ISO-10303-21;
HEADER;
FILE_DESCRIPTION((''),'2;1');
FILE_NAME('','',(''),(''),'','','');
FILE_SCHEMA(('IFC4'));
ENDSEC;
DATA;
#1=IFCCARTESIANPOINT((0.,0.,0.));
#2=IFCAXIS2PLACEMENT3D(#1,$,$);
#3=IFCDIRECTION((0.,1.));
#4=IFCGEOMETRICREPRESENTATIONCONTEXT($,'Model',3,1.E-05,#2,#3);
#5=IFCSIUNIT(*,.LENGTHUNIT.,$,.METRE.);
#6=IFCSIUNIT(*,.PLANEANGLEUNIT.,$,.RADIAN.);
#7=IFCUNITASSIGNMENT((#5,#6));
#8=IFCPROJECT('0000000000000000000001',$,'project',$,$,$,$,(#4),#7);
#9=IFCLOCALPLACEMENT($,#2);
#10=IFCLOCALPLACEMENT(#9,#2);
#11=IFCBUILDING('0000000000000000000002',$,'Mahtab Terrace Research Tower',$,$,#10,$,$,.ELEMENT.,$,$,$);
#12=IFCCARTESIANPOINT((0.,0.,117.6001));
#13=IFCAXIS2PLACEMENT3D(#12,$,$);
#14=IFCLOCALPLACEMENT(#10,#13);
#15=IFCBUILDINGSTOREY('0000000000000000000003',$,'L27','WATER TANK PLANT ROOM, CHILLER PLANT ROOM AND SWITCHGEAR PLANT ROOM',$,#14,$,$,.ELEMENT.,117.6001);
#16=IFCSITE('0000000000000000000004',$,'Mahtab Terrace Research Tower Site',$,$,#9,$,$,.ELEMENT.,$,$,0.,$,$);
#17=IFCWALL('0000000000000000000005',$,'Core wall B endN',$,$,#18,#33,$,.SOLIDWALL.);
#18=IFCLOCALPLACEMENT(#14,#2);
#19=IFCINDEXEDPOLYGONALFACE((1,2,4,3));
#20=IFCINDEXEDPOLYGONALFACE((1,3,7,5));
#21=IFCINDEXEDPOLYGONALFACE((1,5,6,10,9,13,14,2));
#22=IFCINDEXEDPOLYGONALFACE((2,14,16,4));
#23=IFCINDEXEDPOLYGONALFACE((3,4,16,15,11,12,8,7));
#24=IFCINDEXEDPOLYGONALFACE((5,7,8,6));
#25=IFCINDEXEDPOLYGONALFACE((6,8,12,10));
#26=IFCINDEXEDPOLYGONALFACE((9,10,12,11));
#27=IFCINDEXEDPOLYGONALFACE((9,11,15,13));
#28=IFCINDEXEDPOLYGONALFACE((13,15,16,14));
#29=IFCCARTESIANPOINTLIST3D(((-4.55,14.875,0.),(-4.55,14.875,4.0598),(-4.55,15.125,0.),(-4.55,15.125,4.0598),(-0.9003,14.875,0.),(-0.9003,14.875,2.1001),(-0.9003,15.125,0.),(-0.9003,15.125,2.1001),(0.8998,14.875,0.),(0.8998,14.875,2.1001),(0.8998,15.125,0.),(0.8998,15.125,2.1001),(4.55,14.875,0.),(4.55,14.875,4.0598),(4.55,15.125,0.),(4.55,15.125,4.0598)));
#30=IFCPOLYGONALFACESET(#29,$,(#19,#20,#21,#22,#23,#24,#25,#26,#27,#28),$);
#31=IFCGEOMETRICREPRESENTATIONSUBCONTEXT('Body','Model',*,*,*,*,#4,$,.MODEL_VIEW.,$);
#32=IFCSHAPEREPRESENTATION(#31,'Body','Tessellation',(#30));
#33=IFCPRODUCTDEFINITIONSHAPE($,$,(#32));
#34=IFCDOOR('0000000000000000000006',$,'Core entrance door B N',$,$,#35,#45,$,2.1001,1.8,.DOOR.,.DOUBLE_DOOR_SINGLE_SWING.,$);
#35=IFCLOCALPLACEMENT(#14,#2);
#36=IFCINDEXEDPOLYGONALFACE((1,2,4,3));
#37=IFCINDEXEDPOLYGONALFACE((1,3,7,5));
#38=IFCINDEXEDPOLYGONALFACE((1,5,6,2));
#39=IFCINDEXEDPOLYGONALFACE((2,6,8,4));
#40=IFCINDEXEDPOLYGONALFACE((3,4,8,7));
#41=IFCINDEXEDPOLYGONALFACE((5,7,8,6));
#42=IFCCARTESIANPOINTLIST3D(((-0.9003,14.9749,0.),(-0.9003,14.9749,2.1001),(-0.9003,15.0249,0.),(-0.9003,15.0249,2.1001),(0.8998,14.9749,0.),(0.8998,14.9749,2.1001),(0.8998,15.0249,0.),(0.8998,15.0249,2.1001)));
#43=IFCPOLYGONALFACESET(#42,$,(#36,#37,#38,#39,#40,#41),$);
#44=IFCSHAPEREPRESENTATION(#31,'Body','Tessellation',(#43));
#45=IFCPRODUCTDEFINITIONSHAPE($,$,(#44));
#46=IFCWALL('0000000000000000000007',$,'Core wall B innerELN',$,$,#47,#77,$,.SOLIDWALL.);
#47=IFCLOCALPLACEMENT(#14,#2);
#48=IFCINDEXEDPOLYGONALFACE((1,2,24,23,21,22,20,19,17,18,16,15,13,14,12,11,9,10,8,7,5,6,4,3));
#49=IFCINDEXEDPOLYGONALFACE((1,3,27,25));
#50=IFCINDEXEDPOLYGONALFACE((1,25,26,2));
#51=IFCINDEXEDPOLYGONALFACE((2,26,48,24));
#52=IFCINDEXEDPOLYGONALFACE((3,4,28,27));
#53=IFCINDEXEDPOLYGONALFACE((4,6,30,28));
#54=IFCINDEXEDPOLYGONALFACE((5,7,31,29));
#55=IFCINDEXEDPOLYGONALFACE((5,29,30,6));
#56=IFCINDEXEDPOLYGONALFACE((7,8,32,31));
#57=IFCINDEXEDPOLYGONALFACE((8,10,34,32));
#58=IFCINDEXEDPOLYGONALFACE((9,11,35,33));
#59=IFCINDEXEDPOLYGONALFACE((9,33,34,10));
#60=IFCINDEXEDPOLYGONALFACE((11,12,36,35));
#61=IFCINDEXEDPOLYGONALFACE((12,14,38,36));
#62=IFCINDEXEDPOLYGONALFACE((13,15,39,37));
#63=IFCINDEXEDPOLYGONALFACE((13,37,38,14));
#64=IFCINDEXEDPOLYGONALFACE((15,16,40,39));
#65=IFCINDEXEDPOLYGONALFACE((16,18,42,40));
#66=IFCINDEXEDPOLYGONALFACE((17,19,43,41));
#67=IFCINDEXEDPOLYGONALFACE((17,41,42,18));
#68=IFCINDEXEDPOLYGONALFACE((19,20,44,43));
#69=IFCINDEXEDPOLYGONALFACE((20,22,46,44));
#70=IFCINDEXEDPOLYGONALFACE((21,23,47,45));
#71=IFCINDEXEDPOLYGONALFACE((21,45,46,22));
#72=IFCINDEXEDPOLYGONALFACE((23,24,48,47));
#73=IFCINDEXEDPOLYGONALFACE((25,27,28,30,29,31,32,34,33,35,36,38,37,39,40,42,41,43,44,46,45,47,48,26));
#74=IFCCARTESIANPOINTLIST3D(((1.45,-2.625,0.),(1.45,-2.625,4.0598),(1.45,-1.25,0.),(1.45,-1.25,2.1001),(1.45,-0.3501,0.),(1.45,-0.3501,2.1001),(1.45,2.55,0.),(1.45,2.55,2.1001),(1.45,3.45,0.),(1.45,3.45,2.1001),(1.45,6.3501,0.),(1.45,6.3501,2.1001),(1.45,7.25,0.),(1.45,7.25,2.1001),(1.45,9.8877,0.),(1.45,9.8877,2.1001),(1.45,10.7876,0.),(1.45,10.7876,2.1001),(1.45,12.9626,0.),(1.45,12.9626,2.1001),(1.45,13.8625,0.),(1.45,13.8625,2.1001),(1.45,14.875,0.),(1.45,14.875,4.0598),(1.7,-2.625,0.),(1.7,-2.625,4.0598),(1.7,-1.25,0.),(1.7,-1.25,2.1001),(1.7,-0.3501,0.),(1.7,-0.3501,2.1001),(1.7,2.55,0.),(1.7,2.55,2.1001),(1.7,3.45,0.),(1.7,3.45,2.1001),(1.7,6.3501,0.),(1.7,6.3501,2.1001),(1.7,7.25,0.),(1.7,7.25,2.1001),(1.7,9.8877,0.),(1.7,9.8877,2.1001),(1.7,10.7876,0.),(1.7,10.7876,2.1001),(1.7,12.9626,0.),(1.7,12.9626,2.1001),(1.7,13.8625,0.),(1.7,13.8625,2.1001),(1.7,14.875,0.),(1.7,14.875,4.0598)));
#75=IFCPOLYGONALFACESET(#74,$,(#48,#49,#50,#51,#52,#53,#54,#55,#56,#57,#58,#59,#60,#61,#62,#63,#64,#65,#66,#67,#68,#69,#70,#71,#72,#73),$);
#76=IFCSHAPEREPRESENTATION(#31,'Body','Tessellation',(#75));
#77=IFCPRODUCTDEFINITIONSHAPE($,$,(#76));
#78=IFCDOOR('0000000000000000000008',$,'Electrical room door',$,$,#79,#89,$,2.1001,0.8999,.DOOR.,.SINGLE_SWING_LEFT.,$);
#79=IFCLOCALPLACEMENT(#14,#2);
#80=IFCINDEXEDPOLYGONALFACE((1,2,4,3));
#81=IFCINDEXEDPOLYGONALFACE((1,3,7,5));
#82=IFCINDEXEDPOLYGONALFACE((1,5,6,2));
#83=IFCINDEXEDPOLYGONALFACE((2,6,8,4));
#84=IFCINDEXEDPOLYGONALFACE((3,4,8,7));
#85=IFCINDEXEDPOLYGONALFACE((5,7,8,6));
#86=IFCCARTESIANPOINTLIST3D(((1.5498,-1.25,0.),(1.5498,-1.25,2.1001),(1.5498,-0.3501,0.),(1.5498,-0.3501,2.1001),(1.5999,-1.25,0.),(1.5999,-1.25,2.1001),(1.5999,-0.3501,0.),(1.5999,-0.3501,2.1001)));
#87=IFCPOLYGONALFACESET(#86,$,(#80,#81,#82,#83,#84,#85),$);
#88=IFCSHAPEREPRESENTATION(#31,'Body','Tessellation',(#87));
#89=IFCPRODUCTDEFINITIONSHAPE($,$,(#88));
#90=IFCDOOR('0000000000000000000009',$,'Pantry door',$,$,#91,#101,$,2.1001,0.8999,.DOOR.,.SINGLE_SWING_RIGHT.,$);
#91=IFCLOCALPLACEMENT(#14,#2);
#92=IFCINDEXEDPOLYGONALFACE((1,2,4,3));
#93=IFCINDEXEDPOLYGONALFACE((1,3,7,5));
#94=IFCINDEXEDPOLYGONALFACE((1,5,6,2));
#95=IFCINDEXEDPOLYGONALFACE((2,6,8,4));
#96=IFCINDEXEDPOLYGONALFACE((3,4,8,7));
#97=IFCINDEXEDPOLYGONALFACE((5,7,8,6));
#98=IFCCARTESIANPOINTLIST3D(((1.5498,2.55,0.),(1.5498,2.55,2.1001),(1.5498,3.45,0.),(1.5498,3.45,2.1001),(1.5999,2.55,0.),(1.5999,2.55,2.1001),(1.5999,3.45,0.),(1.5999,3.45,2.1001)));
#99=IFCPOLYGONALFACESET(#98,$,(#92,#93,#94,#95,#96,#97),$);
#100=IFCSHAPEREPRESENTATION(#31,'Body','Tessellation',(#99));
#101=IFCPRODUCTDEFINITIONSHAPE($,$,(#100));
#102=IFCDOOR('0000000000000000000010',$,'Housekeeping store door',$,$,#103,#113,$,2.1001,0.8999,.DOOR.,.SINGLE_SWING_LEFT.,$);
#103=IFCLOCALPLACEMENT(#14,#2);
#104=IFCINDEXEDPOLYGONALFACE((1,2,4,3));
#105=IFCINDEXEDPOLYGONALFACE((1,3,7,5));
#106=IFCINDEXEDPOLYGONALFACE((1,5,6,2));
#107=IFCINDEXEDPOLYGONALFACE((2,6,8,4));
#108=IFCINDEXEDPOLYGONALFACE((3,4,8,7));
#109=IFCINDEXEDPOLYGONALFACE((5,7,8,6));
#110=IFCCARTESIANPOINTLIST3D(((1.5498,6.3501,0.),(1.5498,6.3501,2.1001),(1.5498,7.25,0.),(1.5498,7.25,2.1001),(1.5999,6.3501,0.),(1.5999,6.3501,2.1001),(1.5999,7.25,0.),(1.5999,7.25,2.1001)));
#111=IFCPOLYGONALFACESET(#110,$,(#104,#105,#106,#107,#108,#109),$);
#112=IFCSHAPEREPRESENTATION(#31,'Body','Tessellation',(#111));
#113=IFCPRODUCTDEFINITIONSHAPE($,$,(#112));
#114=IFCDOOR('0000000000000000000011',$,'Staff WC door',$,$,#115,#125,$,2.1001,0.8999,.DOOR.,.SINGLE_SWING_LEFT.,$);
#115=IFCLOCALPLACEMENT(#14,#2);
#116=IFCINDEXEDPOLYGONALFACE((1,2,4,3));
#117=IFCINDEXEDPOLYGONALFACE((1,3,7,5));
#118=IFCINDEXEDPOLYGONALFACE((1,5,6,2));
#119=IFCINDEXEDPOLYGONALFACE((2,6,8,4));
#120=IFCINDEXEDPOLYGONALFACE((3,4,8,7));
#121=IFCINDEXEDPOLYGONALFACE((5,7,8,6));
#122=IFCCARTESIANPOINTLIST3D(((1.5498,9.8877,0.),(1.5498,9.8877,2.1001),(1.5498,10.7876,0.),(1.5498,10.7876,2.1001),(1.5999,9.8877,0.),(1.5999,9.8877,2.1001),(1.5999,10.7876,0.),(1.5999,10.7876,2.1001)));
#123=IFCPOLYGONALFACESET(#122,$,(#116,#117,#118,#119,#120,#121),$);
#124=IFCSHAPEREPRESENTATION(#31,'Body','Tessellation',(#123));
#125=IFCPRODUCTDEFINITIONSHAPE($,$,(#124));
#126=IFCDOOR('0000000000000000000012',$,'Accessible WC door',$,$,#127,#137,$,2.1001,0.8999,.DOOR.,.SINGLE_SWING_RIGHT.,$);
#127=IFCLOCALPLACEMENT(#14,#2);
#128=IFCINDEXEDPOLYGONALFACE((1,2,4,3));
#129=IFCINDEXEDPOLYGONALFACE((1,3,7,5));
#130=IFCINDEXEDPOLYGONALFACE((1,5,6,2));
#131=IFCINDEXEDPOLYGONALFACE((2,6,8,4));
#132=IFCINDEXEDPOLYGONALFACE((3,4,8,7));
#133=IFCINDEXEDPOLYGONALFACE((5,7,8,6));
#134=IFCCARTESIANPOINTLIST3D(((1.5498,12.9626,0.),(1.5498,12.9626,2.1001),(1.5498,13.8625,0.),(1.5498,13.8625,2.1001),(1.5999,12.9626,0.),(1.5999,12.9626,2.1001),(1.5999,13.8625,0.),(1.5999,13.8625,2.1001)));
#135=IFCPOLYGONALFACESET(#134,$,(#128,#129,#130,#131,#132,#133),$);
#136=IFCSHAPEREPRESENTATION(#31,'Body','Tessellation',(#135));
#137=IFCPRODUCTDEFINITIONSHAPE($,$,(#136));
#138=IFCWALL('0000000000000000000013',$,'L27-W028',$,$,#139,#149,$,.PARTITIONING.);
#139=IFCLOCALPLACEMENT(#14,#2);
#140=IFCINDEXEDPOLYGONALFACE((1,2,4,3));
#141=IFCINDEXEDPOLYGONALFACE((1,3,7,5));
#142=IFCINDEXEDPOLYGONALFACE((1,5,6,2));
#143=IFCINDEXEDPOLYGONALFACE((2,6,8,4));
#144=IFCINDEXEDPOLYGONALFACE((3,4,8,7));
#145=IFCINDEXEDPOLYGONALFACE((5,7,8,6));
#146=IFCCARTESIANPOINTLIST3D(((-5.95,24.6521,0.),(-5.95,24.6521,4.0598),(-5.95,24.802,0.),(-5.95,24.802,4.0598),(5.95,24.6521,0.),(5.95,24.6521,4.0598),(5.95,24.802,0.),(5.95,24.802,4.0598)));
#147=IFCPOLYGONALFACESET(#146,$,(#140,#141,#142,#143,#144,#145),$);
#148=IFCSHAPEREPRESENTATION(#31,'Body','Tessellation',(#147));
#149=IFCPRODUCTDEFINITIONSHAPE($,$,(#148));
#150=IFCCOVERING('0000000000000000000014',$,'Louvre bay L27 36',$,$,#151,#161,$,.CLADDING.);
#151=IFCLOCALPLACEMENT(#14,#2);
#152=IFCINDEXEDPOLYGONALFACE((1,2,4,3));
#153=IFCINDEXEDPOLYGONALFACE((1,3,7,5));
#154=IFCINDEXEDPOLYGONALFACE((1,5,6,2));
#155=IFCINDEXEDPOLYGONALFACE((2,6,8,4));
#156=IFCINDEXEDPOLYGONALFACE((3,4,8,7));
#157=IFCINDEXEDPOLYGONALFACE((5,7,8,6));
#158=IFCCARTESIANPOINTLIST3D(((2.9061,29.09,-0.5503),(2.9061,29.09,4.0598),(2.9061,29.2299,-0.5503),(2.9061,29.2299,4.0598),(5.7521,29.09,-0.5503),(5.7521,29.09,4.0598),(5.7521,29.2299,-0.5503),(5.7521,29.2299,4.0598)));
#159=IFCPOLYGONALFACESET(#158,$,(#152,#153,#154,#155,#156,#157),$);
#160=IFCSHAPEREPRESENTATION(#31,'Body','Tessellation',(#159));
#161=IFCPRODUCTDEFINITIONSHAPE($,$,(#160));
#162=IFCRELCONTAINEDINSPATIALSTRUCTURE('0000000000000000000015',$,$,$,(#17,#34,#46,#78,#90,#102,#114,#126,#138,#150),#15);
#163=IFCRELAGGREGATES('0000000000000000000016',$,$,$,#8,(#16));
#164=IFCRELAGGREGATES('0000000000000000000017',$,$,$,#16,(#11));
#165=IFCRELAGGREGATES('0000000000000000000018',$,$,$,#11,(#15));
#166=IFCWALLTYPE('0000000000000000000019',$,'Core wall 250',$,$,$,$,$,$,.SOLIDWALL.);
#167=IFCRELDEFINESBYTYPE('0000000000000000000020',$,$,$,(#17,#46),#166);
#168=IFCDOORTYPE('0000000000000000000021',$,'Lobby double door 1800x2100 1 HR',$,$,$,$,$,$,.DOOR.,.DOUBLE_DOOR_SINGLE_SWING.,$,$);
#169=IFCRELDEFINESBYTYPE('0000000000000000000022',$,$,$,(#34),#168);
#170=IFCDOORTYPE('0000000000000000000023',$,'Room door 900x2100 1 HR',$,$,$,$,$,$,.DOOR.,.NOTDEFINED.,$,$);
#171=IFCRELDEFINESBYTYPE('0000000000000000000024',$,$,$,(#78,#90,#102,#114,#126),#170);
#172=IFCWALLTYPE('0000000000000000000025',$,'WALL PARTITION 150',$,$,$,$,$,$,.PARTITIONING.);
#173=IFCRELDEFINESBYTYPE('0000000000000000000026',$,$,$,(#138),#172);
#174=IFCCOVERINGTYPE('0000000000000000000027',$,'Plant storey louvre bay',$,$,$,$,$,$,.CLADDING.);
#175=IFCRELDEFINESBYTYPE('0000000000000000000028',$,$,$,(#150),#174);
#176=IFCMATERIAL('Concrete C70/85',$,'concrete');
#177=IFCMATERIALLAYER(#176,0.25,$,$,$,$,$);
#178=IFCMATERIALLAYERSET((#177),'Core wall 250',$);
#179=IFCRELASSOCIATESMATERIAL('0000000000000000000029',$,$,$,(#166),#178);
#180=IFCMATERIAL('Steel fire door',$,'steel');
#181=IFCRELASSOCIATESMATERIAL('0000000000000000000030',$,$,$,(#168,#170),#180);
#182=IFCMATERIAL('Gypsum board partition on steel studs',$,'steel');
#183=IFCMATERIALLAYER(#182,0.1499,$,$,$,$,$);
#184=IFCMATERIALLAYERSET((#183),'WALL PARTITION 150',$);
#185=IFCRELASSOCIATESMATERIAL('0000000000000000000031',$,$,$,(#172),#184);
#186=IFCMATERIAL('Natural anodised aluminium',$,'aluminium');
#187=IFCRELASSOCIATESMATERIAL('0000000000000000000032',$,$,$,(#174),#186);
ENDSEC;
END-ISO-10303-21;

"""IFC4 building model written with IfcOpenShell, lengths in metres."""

from ifc_helpers import new_model, si_unit, direction, frame, frame_2d, origin, origin_2d, place, context, subcontext, project, spatial, rectangle, extrude, material, layer, layer_set, type_object, element, fill, save


model = new_model("IFC4")

# Units and contexts
model_context = context("Model", 3, precision=1e-05, world=origin(), true_north=direction((0.0, 1.0)))
body_context = subcontext(model_context, "Body", "Model", "MODEL_VIEW")
ifc_project = project(units=[si_unit("LENGTHUNIT", "METRE"), si_unit("PLANEANGLEUNIT", "RADIAN")], contexts=[model_context])

# Site, building, storey
site_placement = place(None, origin())
site = spatial("IfcSite", under=ifc_project, at=site_placement, Name="Mahtab Terrace Research Tower Site", CompositionType="ELEMENT", RefElevation=0.0)
building_placement = place(site_placement, origin())
building = spatial("IfcBuilding", under=site, at=building_placement, Name="Mahtab Terrace Research Tower", CompositionType="ELEMENT")
storey_placement = place(building_placement, frame((0.0, 0.0, 117.6001)))
storey = spatial("IfcBuildingStorey", under=building, at=storey_placement, Name="L27", Description="WATER TANK PLANT ROOM, CHILLER PLANT ROOM AND SWITCHGEAR PLANT ROOM", CompositionType="ELEMENT", Elevation=117.6001)

# Shared definitions
ifc_material_1 = material(Name="Concrete C70/85", Category="concrete")
ifc_layer_1 = layer(ifc_material_1, 0.25)
ifc_layer_set_1 = layer_set([ifc_layer_1], Name="Core wall 250")
wall_type_1 = type_object("IfcWallType", Name="Core wall 250", PredefinedType="SOLIDWALL", material=ifc_layer_set_1)

# Wall, opening, door
wall_1_placement = place(storey_placement, frame((-4.55, 15.0, 0.0), z_axis=(0.0, 0.0, 1.0), x_axis=(1.0, 0.0, 0.0)))
wall_1 = element("IfcWall", 1, at=wall_1_placement, inside=storey, type_object=wall_type_1, Name="Core wall B endN", PredefinedType="SOLIDWALL", context=body_context, shape_type="SweptSolid", body=[
    extrude(rectangle(XDim=9.1001, YDim=0.25, at=frame_2d((4.55, 0.0))), origin(), (0.0, 0.0, 1.0), 4.0598),
])
opening_1_placement = place(wall_1_placement, frame((3.6499, 0.0, 0.0)))
opening_1 = element("IfcOpeningElement", 2, at=opening_1_placement, cuts=wall_1, PredefinedType="OPENING", context=body_context, shape_type="SweptSolid", body=[
    extrude(rectangle(XDim=1.8, YDim=2.1001, at=frame_2d((0.8999, 1.05))), frame((0.0, 0.135, 0.0), z_axis=(0.0, -1.0, 0.0), x_axis=(1.0, 0.0, 0.0)), (0.0, 0.0, 1.0), 0.27),
])
ifc_material_2 = material(Name="Steel fire door", Category="steel")
door_type_1 = type_object("IfcDoorType", Name="Lobby double door 1800x2100 1 HR", OperationType="DOUBLE_DOOR_SINGLE_SWING", PredefinedType="DOOR", material=ifc_material_2)
door_1_placement = place(opening_1_placement, origin())
door_1 = element("IfcDoor", 3, at=door_1_placement, inside=storey, type_object=door_type_1, Name="Core entrance door B N", OperationType="DOUBLE_DOOR_SINGLE_SWING", OverallHeight=2.1001, OverallWidth=1.8, PredefinedType="DOOR", context=body_context, shape_type="SweptSolid", body=[
    extrude(rectangle(XDim=1.8, YDim=2.1001, at=frame_2d((0.8999, 1.05))), frame((0.0, 0.0249, 0.0), z_axis=(0.0, -1.0, 0.0), x_axis=(1.0, 0.0, 0.0)), (0.0, 0.0, 1.0), 0.05),
])
fill(opening_1, door_1)

# Wall, openings, doors
wall_2_placement = place(storey_placement, frame((1.575, 14.875, 0.0), z_axis=(0.0, 0.0, 1.0), x_axis=(0.0, -1.0, 0.0)))
wall_2 = element("IfcWall", 4, at=wall_2_placement, inside=storey, type_object=wall_type_1, Name="Core wall B innerELN", PredefinedType="SOLIDWALL", context=body_context, shape_type="SweptSolid", body=[
    extrude(rectangle(XDim=17.5, YDim=0.25, at=frame_2d((8.75, 0.0))), origin(), (0.0, 0.0, 1.0), 4.0598),
])
opening_2_placement = place(wall_2_placement, frame((15.2251, 0.0, 0.0)))
opening_2 = element("IfcOpeningElement", 5, at=opening_2_placement, cuts=wall_2, PredefinedType="OPENING", context=body_context, shape_type="SweptSolid", body=[
    extrude(rectangle(XDim=0.8999, YDim=2.1001, at=frame_2d((0.45, 1.05))), frame((0.0, 0.135, 0.0), z_axis=(0.0, -1.0, 0.0), x_axis=(1.0, 0.0, 0.0)), (0.0, 0.0, 1.0), 0.27),
])
opening_3_placement = place(wall_2_placement, frame((11.425, 0.0, 0.0)))
opening_3 = element("IfcOpeningElement", 6, at=opening_3_placement, cuts=wall_2, PredefinedType="OPENING", context=body_context, shape_type="SweptSolid", body=[
    extrude(rectangle(XDim=0.8999, YDim=2.1001, at=frame_2d((0.45, 1.05))), frame((0.0, 0.135, 0.0), z_axis=(0.0, -1.0, 0.0), x_axis=(1.0, 0.0, 0.0)), (0.0, 0.0, 1.0), 0.27),
])
opening_4_placement = place(wall_2_placement, frame((7.625, 0.0, 0.0)))
opening_4 = element("IfcOpeningElement", 7, at=opening_4_placement, cuts=wall_2, PredefinedType="OPENING", context=body_context, shape_type="SweptSolid", body=[
    extrude(rectangle(XDim=0.8999, YDim=2.1001, at=frame_2d((0.45, 1.05))), frame((0.0, 0.135, 0.0), z_axis=(0.0, -1.0, 0.0), x_axis=(1.0, 0.0, 0.0)), (0.0, 0.0, 1.0), 0.27),
])
opening_5_placement = place(wall_2_placement, frame((4.0874, 0.0, 0.0)))
opening_5 = element("IfcOpeningElement", 8, at=opening_5_placement, cuts=wall_2, PredefinedType="OPENING", context=body_context, shape_type="SweptSolid", body=[
    extrude(rectangle(XDim=0.8999, YDim=2.1001, at=frame_2d((0.45, 1.05))), frame((0.0, 0.135, 0.0), z_axis=(0.0, -1.0, 0.0), x_axis=(1.0, 0.0, 0.0)), (0.0, 0.0, 1.0), 0.27),
])
opening_6_placement = place(wall_2_placement, frame((1.0125, 0.0, 0.0)))
opening_6 = element("IfcOpeningElement", 9, at=opening_6_placement, cuts=wall_2, PredefinedType="OPENING", context=body_context, shape_type="SweptSolid", body=[
    extrude(rectangle(XDim=0.8999, YDim=2.1001, at=frame_2d((0.45, 1.05))), frame((0.0, 0.135, 0.0), z_axis=(0.0, -1.0, 0.0), x_axis=(1.0, 0.0, 0.0)), (0.0, 0.0, 1.0), 0.27),
])
door_type_2 = type_object("IfcDoorType", Name="Room door 900x2100 1 HR", OperationType="NOTDEFINED", PredefinedType="DOOR", material=ifc_material_2)
door_2_placement = place(opening_2_placement, origin())
door_2 = element("IfcDoor", 10, at=door_2_placement, inside=storey, type_object=door_type_2, Name="Electrical room door", OperationType="SINGLE_SWING_LEFT", OverallHeight=2.1001, OverallWidth=0.8999, PredefinedType="DOOR", context=body_context, shape_type="SweptSolid", body=[
    extrude(rectangle(XDim=0.8999, YDim=2.1001, at=frame_2d((0.45, 1.05))), frame((0.0, 0.0249, 0.0), z_axis=(0.0, -1.0, 0.0), x_axis=(1.0, 0.0, 0.0)), (0.0, 0.0, 1.0), 0.05),
])
fill(opening_2, door_2)
door_3_placement = place(opening_3_placement, origin())
door_3 = element("IfcDoor", 11, at=door_3_placement, inside=storey, type_object=door_type_2, Name="Pantry door", OperationType="SINGLE_SWING_RIGHT", OverallHeight=2.1001, OverallWidth=0.8999, PredefinedType="DOOR", context=body_context, shape_type="SweptSolid", body=[
    extrude(rectangle(XDim=0.8999, YDim=2.1001, at=frame_2d((0.45, 1.05))), frame((0.0, 0.0249, 0.0), z_axis=(0.0, -1.0, 0.0), x_axis=(1.0, 0.0, 0.0)), (0.0, 0.0, 1.0), 0.05),
])
fill(opening_3, door_3)
door_4_placement = place(opening_4_placement, origin())
door_4 = element("IfcDoor", 12, at=door_4_placement, inside=storey, type_object=door_type_2, Name="Housekeeping store door", OperationType="SINGLE_SWING_LEFT", OverallHeight=2.1001, OverallWidth=0.8999, PredefinedType="DOOR", context=body_context, shape_type="SweptSolid", body=[
    extrude(rectangle(XDim=0.8999, YDim=2.1001, at=frame_2d((0.45, 1.05))), frame((0.0, 0.0249, 0.0), z_axis=(0.0, -1.0, 0.0), x_axis=(1.0, 0.0, 0.0)), (0.0, 0.0, 1.0), 0.05),
])
fill(opening_4, door_4)
door_5_placement = place(opening_5_placement, origin())
door_5 = element("IfcDoor", 13, at=door_5_placement, inside=storey, type_object=door_type_2, Name="Staff WC door", OperationType="SINGLE_SWING_LEFT", OverallHeight=2.1001, OverallWidth=0.8999, PredefinedType="DOOR", context=body_context, shape_type="SweptSolid", body=[
    extrude(rectangle(XDim=0.8999, YDim=2.1001, at=frame_2d((0.45, 1.05))), frame((0.0, 0.0249, 0.0), z_axis=(0.0, -1.0, 0.0), x_axis=(1.0, 0.0, 0.0)), (0.0, 0.0, 1.0), 0.05),
])
fill(opening_5, door_5)
door_6_placement = place(opening_6_placement, origin())
door_6 = element("IfcDoor", 14, at=door_6_placement, inside=storey, type_object=door_type_2, Name="Accessible WC door", OperationType="SINGLE_SWING_RIGHT", OverallHeight=2.1001, OverallWidth=0.8999, PredefinedType="DOOR", context=body_context, shape_type="SweptSolid", body=[
    extrude(rectangle(XDim=0.8999, YDim=2.1001, at=frame_2d((0.45, 1.05))), frame((0.0, 0.0249, 0.0), z_axis=(0.0, -1.0, 0.0), x_axis=(1.0, 0.0, 0.0)), (0.0, 0.0, 1.0), 0.05),
])
fill(opening_6, door_6)

# Wall
ifc_material_3 = material(Name="Gypsum board partition on steel studs", Category="steel")
ifc_layer_2 = layer(ifc_material_3, 0.1499)
ifc_layer_set_2 = layer_set([ifc_layer_2], Name="WALL PARTITION 150")
wall_type_2 = type_object("IfcWallType", Name="WALL PARTITION 150", PredefinedType="PARTITIONING", material=ifc_layer_set_2)
wall_3_placement = place(storey_placement, frame((-5.95, 24.7271, 0.0), z_axis=(0.0, 0.0, 1.0), x_axis=(1.0, 0.0, 0.0)))
element("IfcWall", 15, at=wall_3_placement, inside=storey, type_object=wall_type_2, Name="L27-W028", PredefinedType="PARTITIONING", context=body_context, shape_type="SweptSolid", body=[
    extrude(rectangle(XDim=11.8999, YDim=0.1499, at=frame_2d((5.95, 0.0))), origin(), (0.0, 0.0, 1.0), 4.0598),
])

# Covering
ifc_material_4 = material(Name="Natural anodised aluminium", Category="aluminium")
covering_type = type_object("IfcCoveringType", Name="Plant storey louvre bay", PredefinedType="CLADDING", material=ifc_material_4)
for number, where, z_axis, x_axis, name in (
    (16, (4.3291, 29.1599, -0.5503), (0.0, 0.0, 1.0), (-1.0, 0.0, 0.0), "Louvre bay L27 36"),
):
    element("IfcCovering", number, at=place(storey_placement, frame(where, z_axis=z_axis, x_axis=x_axis)), inside=storey, type_object=covering_type, Name=name, PredefinedType="CLADDING", context=body_context, shape_type="SweptSolid", body=[
        extrude(rectangle(XDim=2.8459, YDim=0.1399, at=origin_2d()), origin(), (0.0, 0.0, 1.0), 4.6101),
    ])

save(model, "model.ifc")
